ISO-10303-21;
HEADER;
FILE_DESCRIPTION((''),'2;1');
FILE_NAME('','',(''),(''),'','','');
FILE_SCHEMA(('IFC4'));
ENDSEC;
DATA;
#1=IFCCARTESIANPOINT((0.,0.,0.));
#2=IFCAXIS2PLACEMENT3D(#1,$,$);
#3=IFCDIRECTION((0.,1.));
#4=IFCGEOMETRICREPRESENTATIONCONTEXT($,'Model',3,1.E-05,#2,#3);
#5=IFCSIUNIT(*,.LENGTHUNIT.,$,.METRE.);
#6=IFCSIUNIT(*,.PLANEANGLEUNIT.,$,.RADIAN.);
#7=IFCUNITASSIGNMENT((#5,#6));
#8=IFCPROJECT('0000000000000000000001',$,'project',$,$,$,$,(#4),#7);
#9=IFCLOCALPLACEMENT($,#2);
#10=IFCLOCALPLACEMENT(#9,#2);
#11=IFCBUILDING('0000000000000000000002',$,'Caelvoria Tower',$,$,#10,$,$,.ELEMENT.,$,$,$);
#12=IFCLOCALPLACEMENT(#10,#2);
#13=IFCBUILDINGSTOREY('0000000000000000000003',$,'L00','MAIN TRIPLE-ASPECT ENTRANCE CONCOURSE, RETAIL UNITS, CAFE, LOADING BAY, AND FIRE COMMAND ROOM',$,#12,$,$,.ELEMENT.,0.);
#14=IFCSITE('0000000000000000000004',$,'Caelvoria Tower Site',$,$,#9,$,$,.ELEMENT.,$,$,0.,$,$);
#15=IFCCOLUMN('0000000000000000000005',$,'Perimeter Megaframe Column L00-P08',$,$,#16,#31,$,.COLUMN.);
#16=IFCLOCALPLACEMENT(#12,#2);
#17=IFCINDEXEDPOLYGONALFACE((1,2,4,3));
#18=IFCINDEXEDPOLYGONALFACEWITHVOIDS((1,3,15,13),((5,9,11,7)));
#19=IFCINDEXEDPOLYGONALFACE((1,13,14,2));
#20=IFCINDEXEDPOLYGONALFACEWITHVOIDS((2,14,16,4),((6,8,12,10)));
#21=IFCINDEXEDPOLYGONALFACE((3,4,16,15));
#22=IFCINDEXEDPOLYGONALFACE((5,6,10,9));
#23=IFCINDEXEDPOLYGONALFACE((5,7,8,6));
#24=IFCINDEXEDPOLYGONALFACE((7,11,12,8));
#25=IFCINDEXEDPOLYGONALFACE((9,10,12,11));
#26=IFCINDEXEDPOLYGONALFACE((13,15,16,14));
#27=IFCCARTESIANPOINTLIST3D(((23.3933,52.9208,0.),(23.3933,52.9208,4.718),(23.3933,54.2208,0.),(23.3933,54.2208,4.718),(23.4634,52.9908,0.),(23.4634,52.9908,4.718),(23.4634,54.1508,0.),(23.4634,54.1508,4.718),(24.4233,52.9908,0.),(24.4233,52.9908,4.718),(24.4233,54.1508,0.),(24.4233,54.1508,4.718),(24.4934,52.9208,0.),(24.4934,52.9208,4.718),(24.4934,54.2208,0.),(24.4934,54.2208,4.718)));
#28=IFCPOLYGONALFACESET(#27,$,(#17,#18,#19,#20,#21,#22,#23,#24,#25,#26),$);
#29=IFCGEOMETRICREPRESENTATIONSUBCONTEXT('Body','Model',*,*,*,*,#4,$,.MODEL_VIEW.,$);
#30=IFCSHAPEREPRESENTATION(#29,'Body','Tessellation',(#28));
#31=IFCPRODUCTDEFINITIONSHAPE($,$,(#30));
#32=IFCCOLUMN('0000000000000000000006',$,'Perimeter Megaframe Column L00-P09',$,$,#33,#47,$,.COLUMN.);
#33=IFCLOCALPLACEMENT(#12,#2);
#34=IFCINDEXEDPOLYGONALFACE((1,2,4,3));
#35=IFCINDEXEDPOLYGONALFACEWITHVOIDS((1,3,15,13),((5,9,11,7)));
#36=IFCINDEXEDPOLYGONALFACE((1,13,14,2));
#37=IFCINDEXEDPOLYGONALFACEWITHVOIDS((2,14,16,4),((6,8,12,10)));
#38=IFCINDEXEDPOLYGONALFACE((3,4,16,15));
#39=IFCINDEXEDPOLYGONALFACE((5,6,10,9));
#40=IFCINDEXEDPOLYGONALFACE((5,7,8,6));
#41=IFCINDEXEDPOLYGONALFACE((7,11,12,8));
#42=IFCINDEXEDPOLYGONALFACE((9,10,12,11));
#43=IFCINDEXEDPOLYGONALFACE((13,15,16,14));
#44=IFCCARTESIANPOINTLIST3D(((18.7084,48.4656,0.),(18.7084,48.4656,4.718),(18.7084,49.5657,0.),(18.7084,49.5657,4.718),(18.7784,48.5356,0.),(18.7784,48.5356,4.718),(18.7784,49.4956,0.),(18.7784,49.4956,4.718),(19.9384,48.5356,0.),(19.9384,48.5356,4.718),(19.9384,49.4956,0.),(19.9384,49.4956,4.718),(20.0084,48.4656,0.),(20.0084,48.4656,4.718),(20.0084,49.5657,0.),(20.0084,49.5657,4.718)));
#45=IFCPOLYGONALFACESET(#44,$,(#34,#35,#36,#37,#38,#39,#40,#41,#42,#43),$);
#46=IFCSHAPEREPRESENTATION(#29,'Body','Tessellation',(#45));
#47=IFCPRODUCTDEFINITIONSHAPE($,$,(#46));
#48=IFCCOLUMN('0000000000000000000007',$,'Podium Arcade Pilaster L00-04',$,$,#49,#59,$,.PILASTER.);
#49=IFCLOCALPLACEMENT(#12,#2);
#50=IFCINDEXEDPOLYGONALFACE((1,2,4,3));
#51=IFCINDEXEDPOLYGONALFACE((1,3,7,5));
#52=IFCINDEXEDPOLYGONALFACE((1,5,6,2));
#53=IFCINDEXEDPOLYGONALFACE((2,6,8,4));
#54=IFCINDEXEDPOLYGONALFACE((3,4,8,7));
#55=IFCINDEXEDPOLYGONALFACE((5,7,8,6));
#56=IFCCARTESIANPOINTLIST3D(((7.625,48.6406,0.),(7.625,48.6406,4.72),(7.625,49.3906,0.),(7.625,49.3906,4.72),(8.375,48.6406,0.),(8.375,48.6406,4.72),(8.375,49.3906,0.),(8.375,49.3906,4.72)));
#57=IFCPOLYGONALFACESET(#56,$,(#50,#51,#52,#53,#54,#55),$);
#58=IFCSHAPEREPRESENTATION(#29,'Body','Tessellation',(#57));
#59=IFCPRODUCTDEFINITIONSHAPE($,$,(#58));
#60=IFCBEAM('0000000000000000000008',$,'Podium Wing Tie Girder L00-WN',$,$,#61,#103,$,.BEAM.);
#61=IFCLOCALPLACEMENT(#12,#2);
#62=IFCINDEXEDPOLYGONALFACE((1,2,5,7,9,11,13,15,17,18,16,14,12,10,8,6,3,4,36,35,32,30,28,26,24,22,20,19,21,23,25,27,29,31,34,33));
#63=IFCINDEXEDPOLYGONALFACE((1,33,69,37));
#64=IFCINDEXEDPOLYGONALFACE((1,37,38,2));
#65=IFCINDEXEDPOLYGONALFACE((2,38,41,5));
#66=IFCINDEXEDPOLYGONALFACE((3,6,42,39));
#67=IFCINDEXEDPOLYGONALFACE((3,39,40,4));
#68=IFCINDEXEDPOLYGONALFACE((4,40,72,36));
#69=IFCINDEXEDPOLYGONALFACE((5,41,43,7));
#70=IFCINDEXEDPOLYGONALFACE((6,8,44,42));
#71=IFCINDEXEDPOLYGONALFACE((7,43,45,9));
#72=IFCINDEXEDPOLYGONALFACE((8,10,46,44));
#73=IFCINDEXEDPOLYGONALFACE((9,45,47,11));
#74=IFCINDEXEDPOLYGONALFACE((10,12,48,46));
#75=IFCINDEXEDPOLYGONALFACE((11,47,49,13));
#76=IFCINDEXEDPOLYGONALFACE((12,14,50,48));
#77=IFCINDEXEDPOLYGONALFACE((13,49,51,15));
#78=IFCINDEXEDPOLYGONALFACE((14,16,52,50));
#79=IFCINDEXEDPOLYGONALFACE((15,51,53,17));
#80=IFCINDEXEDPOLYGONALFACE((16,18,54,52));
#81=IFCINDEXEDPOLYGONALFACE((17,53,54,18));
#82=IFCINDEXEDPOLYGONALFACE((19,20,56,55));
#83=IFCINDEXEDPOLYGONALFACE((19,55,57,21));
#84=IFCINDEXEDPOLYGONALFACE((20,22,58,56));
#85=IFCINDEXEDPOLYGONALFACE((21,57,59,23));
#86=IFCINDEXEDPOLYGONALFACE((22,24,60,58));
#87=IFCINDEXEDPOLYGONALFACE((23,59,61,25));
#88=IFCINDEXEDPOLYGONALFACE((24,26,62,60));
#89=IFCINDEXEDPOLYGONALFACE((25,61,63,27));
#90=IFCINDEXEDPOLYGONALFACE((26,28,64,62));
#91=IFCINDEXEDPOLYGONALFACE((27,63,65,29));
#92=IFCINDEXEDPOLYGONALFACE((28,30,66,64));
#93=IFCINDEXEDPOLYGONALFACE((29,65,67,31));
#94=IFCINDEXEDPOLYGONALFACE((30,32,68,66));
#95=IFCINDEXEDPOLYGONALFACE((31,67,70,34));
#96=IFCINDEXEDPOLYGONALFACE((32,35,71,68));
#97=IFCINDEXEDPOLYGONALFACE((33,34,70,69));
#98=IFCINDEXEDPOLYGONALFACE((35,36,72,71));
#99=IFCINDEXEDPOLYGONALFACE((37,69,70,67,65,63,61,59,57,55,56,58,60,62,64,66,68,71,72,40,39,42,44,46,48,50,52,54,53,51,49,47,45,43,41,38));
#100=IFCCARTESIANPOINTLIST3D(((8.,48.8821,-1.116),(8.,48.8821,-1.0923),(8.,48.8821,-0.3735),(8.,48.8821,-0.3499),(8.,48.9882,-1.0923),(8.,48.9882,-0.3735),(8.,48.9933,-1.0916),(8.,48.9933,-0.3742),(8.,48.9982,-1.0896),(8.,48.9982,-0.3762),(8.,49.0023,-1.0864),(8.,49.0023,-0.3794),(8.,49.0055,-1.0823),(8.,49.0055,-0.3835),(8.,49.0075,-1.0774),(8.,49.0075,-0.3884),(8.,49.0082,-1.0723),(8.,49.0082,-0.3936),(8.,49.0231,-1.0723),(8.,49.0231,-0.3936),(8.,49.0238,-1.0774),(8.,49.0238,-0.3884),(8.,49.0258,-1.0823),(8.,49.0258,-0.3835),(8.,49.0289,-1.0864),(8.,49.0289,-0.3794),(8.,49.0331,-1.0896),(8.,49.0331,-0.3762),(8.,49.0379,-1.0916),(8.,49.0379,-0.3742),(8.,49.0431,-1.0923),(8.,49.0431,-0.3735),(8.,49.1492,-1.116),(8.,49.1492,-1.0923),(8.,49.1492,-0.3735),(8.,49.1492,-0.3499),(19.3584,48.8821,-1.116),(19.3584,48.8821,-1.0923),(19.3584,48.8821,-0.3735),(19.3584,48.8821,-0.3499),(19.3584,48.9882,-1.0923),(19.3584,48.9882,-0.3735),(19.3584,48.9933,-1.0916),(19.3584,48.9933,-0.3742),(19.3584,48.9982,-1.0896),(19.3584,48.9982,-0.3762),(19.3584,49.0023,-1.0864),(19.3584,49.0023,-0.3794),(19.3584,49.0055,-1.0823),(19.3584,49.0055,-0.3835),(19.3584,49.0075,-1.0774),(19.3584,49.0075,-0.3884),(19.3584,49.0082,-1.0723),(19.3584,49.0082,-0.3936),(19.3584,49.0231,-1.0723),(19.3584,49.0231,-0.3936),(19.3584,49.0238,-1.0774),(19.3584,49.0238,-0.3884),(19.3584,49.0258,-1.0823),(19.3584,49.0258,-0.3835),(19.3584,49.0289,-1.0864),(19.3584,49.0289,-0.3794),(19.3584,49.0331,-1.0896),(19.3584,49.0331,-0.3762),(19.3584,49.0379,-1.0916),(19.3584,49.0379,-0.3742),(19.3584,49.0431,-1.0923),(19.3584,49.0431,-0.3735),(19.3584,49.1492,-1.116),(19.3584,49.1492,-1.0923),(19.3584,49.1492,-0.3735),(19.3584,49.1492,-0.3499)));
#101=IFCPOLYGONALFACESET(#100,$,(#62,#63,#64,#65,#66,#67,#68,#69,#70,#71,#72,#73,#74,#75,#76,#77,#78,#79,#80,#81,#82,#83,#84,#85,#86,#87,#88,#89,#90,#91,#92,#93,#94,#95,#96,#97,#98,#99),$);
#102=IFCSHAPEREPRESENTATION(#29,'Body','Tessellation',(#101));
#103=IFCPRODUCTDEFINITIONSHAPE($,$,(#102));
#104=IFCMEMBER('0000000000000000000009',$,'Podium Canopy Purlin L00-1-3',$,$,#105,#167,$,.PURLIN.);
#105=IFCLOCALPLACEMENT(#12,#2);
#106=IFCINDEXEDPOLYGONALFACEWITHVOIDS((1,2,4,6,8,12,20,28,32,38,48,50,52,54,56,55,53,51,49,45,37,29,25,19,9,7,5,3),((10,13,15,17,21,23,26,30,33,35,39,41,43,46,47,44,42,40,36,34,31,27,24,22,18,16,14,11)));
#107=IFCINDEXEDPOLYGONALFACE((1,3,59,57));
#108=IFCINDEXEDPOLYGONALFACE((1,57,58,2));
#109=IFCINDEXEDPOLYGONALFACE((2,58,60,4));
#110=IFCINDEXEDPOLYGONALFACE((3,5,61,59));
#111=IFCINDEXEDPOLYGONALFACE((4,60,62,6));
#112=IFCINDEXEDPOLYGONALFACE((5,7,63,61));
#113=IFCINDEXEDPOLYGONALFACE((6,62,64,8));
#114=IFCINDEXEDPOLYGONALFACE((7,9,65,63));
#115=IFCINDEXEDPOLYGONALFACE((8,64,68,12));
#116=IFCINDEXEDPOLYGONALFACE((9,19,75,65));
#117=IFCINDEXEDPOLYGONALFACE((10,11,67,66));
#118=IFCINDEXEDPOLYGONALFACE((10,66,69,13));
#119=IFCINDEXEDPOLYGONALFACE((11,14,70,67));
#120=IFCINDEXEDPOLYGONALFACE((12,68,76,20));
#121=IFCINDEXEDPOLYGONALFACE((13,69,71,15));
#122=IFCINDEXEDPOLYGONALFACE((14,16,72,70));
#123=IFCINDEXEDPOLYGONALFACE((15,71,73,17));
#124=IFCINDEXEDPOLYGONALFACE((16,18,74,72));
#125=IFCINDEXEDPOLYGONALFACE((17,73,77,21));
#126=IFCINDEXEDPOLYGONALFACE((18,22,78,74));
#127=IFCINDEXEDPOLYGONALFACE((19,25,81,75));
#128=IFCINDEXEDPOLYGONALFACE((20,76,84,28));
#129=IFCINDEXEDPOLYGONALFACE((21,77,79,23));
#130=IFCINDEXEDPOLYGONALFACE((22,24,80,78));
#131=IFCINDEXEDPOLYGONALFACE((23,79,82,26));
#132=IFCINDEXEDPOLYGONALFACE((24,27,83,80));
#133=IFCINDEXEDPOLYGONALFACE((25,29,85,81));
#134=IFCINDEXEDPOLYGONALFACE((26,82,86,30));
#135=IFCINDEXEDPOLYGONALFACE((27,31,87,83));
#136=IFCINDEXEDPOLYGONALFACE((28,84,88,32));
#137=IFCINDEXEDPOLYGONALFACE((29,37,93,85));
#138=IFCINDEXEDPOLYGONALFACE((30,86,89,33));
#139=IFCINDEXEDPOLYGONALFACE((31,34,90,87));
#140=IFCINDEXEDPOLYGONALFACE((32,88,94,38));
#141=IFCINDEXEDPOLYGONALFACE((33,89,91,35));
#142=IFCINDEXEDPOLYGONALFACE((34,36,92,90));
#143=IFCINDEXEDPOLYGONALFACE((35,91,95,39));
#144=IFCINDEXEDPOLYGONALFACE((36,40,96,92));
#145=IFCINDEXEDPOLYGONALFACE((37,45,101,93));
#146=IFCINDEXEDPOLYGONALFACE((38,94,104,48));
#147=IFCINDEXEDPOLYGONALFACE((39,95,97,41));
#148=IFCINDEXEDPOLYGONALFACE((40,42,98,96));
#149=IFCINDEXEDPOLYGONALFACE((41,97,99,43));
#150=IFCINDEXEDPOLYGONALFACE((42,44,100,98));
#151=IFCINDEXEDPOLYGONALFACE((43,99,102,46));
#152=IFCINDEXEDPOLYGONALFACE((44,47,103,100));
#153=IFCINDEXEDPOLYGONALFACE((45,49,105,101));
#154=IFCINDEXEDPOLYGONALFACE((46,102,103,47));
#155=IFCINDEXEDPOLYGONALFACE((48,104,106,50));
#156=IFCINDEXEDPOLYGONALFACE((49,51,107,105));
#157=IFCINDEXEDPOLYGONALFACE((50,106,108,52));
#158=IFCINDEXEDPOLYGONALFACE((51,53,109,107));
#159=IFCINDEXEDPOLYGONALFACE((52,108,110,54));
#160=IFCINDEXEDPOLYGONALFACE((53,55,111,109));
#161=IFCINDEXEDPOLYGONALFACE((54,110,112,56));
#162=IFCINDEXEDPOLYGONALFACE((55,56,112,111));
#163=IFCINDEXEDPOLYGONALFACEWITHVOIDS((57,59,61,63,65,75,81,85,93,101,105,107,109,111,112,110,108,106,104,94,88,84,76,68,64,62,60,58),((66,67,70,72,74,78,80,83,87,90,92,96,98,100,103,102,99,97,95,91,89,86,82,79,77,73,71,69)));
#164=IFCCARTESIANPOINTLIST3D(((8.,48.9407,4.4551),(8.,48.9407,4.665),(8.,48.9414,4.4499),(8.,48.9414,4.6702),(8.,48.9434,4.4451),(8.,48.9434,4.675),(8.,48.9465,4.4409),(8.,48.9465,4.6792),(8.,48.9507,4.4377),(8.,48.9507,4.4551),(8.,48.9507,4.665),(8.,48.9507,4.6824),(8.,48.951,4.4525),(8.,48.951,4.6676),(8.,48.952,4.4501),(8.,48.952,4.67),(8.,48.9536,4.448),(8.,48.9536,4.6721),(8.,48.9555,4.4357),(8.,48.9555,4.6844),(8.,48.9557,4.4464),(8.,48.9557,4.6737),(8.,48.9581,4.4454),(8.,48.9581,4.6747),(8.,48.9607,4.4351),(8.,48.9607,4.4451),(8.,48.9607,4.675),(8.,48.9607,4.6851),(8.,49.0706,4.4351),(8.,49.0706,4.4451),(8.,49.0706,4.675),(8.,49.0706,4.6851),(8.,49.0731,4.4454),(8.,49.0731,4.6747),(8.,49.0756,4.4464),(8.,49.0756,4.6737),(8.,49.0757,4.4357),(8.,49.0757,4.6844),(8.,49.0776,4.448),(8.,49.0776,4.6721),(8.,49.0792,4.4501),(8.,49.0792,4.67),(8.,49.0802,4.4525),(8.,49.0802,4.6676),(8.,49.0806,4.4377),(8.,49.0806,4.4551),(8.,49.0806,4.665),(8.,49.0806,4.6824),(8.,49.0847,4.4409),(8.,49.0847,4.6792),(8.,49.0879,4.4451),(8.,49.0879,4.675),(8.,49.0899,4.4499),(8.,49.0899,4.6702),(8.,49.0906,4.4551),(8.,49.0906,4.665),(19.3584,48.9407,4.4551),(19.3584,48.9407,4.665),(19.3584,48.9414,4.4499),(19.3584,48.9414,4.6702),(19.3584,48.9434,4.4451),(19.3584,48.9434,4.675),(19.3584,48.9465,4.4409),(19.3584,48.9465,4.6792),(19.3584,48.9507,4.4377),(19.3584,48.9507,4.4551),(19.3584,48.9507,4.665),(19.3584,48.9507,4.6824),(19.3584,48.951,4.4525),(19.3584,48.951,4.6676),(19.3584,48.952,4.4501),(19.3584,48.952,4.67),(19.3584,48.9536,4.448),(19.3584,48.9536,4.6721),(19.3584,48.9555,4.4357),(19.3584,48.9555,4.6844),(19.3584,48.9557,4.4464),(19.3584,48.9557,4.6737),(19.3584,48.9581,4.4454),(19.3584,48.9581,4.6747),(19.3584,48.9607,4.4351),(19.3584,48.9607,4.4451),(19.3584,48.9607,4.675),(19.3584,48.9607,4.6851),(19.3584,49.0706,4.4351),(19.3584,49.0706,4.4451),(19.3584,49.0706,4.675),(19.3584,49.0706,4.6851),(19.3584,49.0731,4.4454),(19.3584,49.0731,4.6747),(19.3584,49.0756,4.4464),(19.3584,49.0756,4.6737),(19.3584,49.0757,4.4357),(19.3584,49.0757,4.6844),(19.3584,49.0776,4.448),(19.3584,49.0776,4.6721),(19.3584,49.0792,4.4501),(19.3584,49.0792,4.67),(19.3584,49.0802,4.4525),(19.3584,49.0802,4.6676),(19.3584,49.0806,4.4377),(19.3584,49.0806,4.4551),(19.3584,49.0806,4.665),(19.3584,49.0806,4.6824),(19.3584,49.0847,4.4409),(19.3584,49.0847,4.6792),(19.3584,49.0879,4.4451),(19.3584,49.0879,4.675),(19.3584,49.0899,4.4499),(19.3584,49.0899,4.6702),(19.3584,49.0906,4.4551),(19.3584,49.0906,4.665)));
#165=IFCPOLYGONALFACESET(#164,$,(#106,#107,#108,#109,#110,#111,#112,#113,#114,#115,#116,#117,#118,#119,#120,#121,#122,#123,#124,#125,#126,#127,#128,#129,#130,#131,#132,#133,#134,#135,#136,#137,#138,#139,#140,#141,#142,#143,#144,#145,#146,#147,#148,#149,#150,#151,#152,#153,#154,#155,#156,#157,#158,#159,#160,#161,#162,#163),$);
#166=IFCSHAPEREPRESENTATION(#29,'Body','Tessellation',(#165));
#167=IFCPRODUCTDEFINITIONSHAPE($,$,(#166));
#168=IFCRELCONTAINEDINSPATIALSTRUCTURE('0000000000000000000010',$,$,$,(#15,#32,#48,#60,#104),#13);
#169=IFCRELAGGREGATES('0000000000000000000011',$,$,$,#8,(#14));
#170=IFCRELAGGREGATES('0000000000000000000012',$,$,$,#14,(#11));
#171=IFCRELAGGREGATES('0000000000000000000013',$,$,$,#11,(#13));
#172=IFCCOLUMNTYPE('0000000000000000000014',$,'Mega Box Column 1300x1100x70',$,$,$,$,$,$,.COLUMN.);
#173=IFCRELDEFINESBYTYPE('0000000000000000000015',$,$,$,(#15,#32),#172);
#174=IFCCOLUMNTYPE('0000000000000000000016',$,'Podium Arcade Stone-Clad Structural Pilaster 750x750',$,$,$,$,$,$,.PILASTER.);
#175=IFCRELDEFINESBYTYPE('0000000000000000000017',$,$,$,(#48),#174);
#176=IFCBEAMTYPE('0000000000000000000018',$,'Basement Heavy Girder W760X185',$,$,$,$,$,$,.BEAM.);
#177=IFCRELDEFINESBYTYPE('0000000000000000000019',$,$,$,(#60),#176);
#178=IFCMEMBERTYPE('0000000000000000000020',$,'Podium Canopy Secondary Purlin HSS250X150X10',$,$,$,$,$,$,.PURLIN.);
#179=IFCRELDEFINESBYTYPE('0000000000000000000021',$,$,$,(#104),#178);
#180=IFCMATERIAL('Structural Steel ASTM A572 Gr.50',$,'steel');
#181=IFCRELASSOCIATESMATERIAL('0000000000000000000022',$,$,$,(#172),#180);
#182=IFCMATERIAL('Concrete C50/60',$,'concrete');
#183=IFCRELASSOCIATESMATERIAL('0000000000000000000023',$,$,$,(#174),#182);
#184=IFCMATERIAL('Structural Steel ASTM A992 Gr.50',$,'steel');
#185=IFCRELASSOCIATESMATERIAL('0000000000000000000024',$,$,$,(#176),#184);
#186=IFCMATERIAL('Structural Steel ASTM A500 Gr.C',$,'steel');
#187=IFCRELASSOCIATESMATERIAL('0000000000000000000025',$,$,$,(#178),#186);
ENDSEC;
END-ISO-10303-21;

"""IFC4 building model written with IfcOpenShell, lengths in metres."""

from ifc_helpers import new_model, si_unit, direction, frame, origin, origin_2d, place, context, subcontext, project, spatial, rectangle, hollow_rectangle, i_section, extrude, material, material_profile, profile_set, type_object, element, save


model = new_model("IFC4")

# Units and contexts
model_context = context("Model", 3, precision=1e-05, world=origin(), true_north=direction((0.0, 1.0)))
body_context = subcontext(model_context, "Body", "Model", "MODEL_VIEW")
ifc_project = project(units=[si_unit("LENGTHUNIT", "METRE"), si_unit("PLANEANGLEUNIT", "RADIAN")], contexts=[model_context])

# Site, building, storey
site_placement = place(None, origin())
site = spatial("IfcSite", under=ifc_project, at=site_placement, Name="Caelvoria Tower Site", CompositionType="ELEMENT", RefElevation=0.0)
building_placement = place(site_placement, origin())
building = spatial("IfcBuilding", under=site, at=building_placement, Name="Caelvoria Tower", CompositionType="ELEMENT")
storey_placement = place(building_placement, origin())
storey = spatial("IfcBuildingStorey", under=building, at=storey_placement, Name="L00", Description="MAIN TRIPLE-ASPECT ENTRANCE CONCOURSE, RETAIL UNITS, CAFE, LOADING BAY, AND FIRE COMMAND ROOM", CompositionType="ELEMENT", Elevation=0.0)

# Columns
ifc_material_1 = material(Name="Structural Steel ASTM A572 Gr.50", Category="steel")
ifc_material_profile_1 = material_profile(ifc_material_1, hollow_rectangle(XDim=1.1001, YDim=1.3, WallThickness=0.0701, at=origin_2d()), Name="Structural Steel ASTM A572 Gr.50")
ifc_profile_set_1 = profile_set([ifc_material_profile_1], Name="BOX1300X1100X70 - Structural Steel ASTM A572 Gr.50")
column_type_1 = type_object("IfcColumnType", Name="Mega Box Column 1300x1100x70", PredefinedType="COLUMN", material=ifc_profile_set_1)
for number, where, z_axis, x_axis, name in (
    (1, (23.9434, 53.5708, 0.0), (0.0, 0.0, 1.0), (1.0, 0.0, 0.0), "Perimeter Megaframe Column L00-P08"),
    (2, (19.3584, 49.0156, 0.0), (0.0, 0.0, 1.0), (0.0, 1.0, 0.0), "Perimeter Megaframe Column L00-P09"),
):
    element("IfcColumn", number, at=place(storey_placement, frame(where, z_axis=z_axis, x_axis=x_axis)), inside=storey, type_object=column_type_1, Name=name, PredefinedType="COLUMN", context=body_context, shape_type="SweptSolid", body=[
        extrude(hollow_rectangle(XDim=1.1001, YDim=1.3, WallThickness=0.0701, at=origin_2d()), origin(), (0.0, 0.0, 1.0), 4.718),
    ])
ifc_material_2 = material(Name="Concrete C50/60", Category="concrete")
ifc_material_profile_2 = material_profile(ifc_material_2, rectangle(XDim=0.75, YDim=0.75, at=origin_2d()), Name="Concrete C50/60")
ifc_profile_set_2 = profile_set([ifc_material_profile_2], Name="RC_COL_750X750 - Concrete C50/60")
column_type_2 = type_object("IfcColumnType", Name="Podium Arcade Stone-Clad Structural Pilaster 750x750", PredefinedType="PILASTER", material=ifc_profile_set_2)
column_placement = place(storey_placement, frame((8.0, 49.0156, 0.0), z_axis=(0.0, 0.0, 1.0), x_axis=(1.0, 0.0, 0.0)))
element("IfcColumn", 3, at=column_placement, inside=storey, type_object=column_type_2, Name="Podium Arcade Pilaster L00-04", PredefinedType="PILASTER", context=body_context, shape_type="SweptSolid", body=[
    extrude(rectangle(XDim=0.75, YDim=0.75, at=origin_2d()), origin(), (0.0, 0.0, 1.0), 4.72),
])

# Beam
ifc_material_3 = material(Name="Structural Steel ASTM A992 Gr.50", Category="steel")
ifc_material_profile_3 = material_profile(ifc_material_3, i_section(OverallWidth=0.2671, OverallDepth=0.7661, WebThickness=0.0149, FlangeThickness=0.0237, FilletRadius=0.02, at=origin_2d()), Name="Structural Steel ASTM A992 Gr.50")
ifc_profile_set_3 = profile_set([ifc_material_profile_3], Name="W760X185 - Structural Steel ASTM A992 Gr.50")
beam_type_1 = type_object("IfcBeamType", Name="Basement Heavy Girder W760X185", PredefinedType="BEAM", material=ifc_profile_set_3)
beam_1_placement = place(storey_placement, frame((8.0, 49.0156, -0.7329), z_axis=(1.0, 0.0, 0.0), x_axis=(0.0, 1.0, 0.0)))
element("IfcBeam", 4, at=beam_1_placement, inside=storey, type_object=beam_type_1, Name="Podium Wing Tie Girder L00-WN", PredefinedType="BEAM", context=body_context, shape_type="SweptSolid", body=[
    extrude(i_section(OverallWidth=0.2671, OverallDepth=0.7661, WebThickness=0.0149, FlangeThickness=0.0237, FilletRadius=0.02, at=origin_2d()), origin(), (0.0, 0.0, 1.0), 11.3584),
])

# Member
ifc_material_4 = material(Name="Structural Steel ASTM A500 Gr.C", Category="steel")
ifc_material_profile_4 = material_profile(ifc_material_4, hollow_rectangle(XDim=0.1499, YDim=0.25, WallThickness=0.01, InnerFilletRadius=0.01, OuterFilletRadius=0.02, at=origin_2d()), Name="Structural Steel ASTM A500 Gr.C")
ifc_profile_set_4 = profile_set([ifc_material_profile_4], Name="HSS250X150X10 - Structural Steel ASTM A500 Gr.C")
member_type = type_object("IfcMemberType", Name="Podium Canopy Secondary Purlin HSS250X150X10", PredefinedType="PURLIN", material=ifc_profile_set_4)
member_placement = place(storey_placement, frame((8.0, 49.0156, 4.5601), z_axis=(1.0, 0.0, 0.0), x_axis=(0.0, 1.0, 0.0)))
element("IfcMember", 5, at=member_placement, inside=storey, type_object=member_type, Name="Podium Canopy Purlin L00-1-3", PredefinedType="PURLIN", context=body_context, shape_type="SweptSolid", body=[
    extrude(hollow_rectangle(XDim=0.1499, YDim=0.25, WallThickness=0.01, InnerFilletRadius=0.01, OuterFilletRadius=0.02, at=origin_2d()), origin(), (0.0, 0.0, 1.0), 11.3584),
])

save(model, "model.ifc")
